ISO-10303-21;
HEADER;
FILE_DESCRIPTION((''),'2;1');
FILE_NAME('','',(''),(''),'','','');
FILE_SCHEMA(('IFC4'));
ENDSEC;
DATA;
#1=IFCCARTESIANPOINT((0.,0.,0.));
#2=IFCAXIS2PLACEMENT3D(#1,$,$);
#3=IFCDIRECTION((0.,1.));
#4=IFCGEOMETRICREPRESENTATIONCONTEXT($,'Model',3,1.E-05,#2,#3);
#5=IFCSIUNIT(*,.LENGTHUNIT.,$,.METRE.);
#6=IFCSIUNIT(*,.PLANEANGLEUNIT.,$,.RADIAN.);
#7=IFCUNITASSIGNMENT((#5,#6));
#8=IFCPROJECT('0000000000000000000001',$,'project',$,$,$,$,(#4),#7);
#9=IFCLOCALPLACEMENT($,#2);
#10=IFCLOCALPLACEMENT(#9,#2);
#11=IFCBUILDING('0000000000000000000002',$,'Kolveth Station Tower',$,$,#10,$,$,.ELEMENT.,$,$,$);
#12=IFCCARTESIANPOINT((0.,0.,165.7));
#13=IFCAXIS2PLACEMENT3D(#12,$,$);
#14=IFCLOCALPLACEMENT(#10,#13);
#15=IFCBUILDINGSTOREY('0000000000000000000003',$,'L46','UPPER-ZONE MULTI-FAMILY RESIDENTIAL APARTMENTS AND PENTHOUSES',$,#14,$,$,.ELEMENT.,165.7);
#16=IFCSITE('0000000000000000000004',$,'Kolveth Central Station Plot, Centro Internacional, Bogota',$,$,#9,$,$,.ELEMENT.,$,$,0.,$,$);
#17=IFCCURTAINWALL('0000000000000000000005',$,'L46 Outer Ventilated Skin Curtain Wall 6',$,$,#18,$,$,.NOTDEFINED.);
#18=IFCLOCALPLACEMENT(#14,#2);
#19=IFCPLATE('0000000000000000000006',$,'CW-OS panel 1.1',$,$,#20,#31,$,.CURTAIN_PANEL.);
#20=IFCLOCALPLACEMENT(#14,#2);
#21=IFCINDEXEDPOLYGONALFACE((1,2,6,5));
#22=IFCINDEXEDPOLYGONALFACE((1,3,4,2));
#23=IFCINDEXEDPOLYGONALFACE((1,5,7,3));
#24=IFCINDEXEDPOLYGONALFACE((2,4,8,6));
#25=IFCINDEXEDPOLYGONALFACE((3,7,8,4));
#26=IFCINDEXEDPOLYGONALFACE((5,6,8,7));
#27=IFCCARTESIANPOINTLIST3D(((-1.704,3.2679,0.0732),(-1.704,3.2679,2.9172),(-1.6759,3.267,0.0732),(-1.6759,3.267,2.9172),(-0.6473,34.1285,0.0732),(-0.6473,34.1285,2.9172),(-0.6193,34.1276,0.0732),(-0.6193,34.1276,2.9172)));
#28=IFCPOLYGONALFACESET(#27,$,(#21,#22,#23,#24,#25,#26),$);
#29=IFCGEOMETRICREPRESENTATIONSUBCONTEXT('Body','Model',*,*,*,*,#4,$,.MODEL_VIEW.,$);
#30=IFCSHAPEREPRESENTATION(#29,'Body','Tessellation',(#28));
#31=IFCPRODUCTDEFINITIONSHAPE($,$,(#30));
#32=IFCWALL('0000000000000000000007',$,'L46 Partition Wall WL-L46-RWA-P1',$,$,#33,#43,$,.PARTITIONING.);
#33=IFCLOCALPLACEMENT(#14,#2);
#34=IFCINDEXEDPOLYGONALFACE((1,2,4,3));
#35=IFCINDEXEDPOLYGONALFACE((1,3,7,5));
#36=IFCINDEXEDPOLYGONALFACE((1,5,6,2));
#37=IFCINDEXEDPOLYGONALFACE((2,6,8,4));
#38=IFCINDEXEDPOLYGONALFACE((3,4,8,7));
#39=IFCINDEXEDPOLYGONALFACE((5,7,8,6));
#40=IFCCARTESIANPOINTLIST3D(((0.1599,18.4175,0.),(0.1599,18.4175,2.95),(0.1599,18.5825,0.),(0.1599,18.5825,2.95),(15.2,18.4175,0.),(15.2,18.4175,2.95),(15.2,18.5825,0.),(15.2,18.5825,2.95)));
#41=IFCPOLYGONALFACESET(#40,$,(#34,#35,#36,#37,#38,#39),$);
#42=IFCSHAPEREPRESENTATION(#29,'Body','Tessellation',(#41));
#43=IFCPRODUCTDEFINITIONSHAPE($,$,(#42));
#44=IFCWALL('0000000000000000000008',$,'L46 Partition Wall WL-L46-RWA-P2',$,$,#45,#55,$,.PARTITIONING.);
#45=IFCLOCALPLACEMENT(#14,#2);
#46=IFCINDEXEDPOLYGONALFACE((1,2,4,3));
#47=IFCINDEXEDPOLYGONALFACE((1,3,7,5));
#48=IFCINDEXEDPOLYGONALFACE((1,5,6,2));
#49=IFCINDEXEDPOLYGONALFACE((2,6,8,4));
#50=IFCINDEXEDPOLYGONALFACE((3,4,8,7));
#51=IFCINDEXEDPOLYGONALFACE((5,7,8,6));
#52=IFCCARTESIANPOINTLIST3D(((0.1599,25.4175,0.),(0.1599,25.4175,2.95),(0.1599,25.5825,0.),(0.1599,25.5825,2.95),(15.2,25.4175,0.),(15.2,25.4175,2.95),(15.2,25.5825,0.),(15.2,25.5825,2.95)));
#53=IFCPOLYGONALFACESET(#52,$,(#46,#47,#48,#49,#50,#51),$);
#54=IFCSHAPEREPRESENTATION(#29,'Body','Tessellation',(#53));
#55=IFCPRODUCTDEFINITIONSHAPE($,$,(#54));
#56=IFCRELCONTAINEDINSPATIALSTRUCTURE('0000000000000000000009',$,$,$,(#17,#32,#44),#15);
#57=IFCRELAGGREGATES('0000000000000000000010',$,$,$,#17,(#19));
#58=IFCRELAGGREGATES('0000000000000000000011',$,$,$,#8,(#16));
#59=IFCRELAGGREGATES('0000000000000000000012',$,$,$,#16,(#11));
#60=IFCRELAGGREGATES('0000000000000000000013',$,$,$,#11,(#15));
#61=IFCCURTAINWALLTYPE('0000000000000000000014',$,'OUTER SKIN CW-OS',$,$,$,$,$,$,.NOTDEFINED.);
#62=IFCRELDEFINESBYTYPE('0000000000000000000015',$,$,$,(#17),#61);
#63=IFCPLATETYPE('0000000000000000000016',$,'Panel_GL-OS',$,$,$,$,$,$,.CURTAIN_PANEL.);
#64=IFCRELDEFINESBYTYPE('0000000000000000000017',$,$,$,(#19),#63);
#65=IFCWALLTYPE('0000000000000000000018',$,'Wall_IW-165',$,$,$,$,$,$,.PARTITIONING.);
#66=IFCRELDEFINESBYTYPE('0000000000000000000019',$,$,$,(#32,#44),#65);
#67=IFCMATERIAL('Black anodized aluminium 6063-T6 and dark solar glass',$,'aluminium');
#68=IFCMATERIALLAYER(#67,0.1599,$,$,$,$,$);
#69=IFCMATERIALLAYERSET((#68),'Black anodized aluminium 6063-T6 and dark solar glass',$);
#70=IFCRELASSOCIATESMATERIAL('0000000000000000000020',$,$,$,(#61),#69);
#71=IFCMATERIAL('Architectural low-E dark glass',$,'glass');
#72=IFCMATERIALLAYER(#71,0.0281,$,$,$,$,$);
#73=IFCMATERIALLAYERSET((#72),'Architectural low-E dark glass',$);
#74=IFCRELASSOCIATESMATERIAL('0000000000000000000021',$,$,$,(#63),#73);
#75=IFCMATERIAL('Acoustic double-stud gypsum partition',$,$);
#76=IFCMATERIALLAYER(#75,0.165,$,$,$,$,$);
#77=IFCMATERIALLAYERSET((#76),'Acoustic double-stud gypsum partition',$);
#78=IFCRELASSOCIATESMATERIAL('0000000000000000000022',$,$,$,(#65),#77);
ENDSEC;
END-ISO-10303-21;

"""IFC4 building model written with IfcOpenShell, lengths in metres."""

from ifc_helpers import new_model, si_unit, direction, frame, frame_2d, origin, origin_2d, place, context, subcontext, project, spatial, rectangle, extrude, source, transform, mapped, material, layer, layer_set, type_object, element, aggregate, save


model = new_model("IFC4")

# Units and contexts
model_context = context("Model", 3, precision=1e-05, world=origin(), true_north=direction((0.0, 1.0)))
body_context = subcontext(model_context, "Body", "Model", "MODEL_VIEW")
ifc_project = project(units=[si_unit("LENGTHUNIT", "METRE"), si_unit("PLANEANGLEUNIT", "RADIAN")], contexts=[model_context])

# Site, building, storey
site_placement = place(None, origin())
site = spatial("IfcSite", under=ifc_project, at=site_placement, Name="Kolveth Central Station Plot, Centro Internacional, Bogota", CompositionType="ELEMENT", RefElevation=0.0)
building_placement = place(site_placement, origin())
building = spatial("IfcBuilding", under=site, at=building_placement, Name="Kolveth Station Tower", CompositionType="ELEMENT")
storey_placement = place(building_placement, frame((0.0, 0.0, 165.7)))
storey = spatial("IfcBuildingStorey", under=building, at=storey_placement, Name="L46", Description="UPPER-ZONE MULTI-FAMILY RESIDENTIAL APARTMENTS AND PENTHOUSES", CompositionType="ELEMENT", Elevation=165.7)

# Curtain wall, plate
ifc_material_1 = material(Name="Architectural low-E dark glass", Category="glass")
ifc_material_2 = material(Name="Black anodized aluminium 6063-T6 and dark solar glass", Category="aluminium")
ifc_layer_1 = layer(ifc_material_2, 0.1599)
ifc_layer_set_1 = layer_set([ifc_layer_1], Name="Black anodized aluminium 6063-T6 and dark solar glass")
curtain_wall_type_1 = type_object("IfcCurtainWallType", Name="OUTER SKIN CW-OS", PredefinedType="NOTDEFINED", material=ifc_layer_set_1)
curtain_wall_1_placement = place(storey_placement, origin())
curtain_wall_1 = element("IfcCurtainWall", 1, at=curtain_wall_1_placement, inside=storey, type_object=curtain_wall_type_1, Name="L46 Outer Ventilated Skin Curtain Wall 6", PredefinedType="NOTDEFINED")
ifc_layer_2 = layer(ifc_material_1, 0.0281)
ifc_layer_set_2 = layer_set([ifc_layer_2], Name="Architectural low-E dark glass")
plate_type_1 = type_object("IfcPlateType", Name="Panel_GL-OS", PredefinedType="CURTAIN_PANEL", material=ifc_layer_set_2)
shared_shape_1 = source(origin(), body_context, "Body", "SweptSolid", [
    extrude(rectangle(XDim=30.8787, YDim=0.0281, at=origin_2d()), origin(), (0.0, 0.0, 1.0), 2.844),
])
plate_1_placement = place(storey_placement, frame((-1.1616, 18.6978, 0.0732), z_axis=(0.0, 0.0, 1.0), x_axis=(-0.034219, -0.999414, 0.0)))
plate_1 = element("IfcPlate", 2, at=plate_1_placement, type_object=plate_type_1, Name="CW-OS panel 1.1", PredefinedType="CURTAIN_PANEL", context=body_context, shape_type="MappedRepresentation", body=[
    mapped(shared_shape_1, transform((0.0, 0.0, 0.0), x_axis=(1.0, 0.0, 0.0), y_axis=(0.0, 1.0, 0.0), z_axis=(0.0, 0.0, 1.0), scale=1.0)),
])
aggregate(curtain_wall_1, [plate_1])

# Walls
ifc_material_3 = material(Name="Acoustic double-stud gypsum partition")
ifc_layer_3 = layer(ifc_material_3, 0.165)
ifc_layer_set_3 = layer_set([ifc_layer_3], Name="Acoustic double-stud gypsum partition")
wall_type = type_object("IfcWallType", Name="Wall_IW-165", PredefinedType="PARTITIONING", material=ifc_layer_set_3)
for number, where, z_axis, x_axis, name in (
    (3, (0.1599, 18.5, 0.0), (0.0, 0.0, 1.0), (1.0, 0.0, 0.0), "L46 Partition Wall WL-L46-RWA-P1"),
    (4, (0.1599, 25.5, 0.0), (0.0, 0.0, 1.0), (1.0, 0.0, 0.0), "L46 Partition Wall WL-L46-RWA-P2"),
):
    element("IfcWall", number, at=place(storey_placement, frame(where, z_axis=z_axis, x_axis=x_axis)), inside=storey, type_object=wall_type, Name=name, PredefinedType="PARTITIONING", context=body_context, shape_type="SweptSolid", body=[
        extrude(rectangle(XDim=15.04, YDim=0.165, at=frame_2d((7.52, 0.0))), origin(), (0.0, 0.0, 1.0), 2.95),
    ])

save(model, "model.ifc")
